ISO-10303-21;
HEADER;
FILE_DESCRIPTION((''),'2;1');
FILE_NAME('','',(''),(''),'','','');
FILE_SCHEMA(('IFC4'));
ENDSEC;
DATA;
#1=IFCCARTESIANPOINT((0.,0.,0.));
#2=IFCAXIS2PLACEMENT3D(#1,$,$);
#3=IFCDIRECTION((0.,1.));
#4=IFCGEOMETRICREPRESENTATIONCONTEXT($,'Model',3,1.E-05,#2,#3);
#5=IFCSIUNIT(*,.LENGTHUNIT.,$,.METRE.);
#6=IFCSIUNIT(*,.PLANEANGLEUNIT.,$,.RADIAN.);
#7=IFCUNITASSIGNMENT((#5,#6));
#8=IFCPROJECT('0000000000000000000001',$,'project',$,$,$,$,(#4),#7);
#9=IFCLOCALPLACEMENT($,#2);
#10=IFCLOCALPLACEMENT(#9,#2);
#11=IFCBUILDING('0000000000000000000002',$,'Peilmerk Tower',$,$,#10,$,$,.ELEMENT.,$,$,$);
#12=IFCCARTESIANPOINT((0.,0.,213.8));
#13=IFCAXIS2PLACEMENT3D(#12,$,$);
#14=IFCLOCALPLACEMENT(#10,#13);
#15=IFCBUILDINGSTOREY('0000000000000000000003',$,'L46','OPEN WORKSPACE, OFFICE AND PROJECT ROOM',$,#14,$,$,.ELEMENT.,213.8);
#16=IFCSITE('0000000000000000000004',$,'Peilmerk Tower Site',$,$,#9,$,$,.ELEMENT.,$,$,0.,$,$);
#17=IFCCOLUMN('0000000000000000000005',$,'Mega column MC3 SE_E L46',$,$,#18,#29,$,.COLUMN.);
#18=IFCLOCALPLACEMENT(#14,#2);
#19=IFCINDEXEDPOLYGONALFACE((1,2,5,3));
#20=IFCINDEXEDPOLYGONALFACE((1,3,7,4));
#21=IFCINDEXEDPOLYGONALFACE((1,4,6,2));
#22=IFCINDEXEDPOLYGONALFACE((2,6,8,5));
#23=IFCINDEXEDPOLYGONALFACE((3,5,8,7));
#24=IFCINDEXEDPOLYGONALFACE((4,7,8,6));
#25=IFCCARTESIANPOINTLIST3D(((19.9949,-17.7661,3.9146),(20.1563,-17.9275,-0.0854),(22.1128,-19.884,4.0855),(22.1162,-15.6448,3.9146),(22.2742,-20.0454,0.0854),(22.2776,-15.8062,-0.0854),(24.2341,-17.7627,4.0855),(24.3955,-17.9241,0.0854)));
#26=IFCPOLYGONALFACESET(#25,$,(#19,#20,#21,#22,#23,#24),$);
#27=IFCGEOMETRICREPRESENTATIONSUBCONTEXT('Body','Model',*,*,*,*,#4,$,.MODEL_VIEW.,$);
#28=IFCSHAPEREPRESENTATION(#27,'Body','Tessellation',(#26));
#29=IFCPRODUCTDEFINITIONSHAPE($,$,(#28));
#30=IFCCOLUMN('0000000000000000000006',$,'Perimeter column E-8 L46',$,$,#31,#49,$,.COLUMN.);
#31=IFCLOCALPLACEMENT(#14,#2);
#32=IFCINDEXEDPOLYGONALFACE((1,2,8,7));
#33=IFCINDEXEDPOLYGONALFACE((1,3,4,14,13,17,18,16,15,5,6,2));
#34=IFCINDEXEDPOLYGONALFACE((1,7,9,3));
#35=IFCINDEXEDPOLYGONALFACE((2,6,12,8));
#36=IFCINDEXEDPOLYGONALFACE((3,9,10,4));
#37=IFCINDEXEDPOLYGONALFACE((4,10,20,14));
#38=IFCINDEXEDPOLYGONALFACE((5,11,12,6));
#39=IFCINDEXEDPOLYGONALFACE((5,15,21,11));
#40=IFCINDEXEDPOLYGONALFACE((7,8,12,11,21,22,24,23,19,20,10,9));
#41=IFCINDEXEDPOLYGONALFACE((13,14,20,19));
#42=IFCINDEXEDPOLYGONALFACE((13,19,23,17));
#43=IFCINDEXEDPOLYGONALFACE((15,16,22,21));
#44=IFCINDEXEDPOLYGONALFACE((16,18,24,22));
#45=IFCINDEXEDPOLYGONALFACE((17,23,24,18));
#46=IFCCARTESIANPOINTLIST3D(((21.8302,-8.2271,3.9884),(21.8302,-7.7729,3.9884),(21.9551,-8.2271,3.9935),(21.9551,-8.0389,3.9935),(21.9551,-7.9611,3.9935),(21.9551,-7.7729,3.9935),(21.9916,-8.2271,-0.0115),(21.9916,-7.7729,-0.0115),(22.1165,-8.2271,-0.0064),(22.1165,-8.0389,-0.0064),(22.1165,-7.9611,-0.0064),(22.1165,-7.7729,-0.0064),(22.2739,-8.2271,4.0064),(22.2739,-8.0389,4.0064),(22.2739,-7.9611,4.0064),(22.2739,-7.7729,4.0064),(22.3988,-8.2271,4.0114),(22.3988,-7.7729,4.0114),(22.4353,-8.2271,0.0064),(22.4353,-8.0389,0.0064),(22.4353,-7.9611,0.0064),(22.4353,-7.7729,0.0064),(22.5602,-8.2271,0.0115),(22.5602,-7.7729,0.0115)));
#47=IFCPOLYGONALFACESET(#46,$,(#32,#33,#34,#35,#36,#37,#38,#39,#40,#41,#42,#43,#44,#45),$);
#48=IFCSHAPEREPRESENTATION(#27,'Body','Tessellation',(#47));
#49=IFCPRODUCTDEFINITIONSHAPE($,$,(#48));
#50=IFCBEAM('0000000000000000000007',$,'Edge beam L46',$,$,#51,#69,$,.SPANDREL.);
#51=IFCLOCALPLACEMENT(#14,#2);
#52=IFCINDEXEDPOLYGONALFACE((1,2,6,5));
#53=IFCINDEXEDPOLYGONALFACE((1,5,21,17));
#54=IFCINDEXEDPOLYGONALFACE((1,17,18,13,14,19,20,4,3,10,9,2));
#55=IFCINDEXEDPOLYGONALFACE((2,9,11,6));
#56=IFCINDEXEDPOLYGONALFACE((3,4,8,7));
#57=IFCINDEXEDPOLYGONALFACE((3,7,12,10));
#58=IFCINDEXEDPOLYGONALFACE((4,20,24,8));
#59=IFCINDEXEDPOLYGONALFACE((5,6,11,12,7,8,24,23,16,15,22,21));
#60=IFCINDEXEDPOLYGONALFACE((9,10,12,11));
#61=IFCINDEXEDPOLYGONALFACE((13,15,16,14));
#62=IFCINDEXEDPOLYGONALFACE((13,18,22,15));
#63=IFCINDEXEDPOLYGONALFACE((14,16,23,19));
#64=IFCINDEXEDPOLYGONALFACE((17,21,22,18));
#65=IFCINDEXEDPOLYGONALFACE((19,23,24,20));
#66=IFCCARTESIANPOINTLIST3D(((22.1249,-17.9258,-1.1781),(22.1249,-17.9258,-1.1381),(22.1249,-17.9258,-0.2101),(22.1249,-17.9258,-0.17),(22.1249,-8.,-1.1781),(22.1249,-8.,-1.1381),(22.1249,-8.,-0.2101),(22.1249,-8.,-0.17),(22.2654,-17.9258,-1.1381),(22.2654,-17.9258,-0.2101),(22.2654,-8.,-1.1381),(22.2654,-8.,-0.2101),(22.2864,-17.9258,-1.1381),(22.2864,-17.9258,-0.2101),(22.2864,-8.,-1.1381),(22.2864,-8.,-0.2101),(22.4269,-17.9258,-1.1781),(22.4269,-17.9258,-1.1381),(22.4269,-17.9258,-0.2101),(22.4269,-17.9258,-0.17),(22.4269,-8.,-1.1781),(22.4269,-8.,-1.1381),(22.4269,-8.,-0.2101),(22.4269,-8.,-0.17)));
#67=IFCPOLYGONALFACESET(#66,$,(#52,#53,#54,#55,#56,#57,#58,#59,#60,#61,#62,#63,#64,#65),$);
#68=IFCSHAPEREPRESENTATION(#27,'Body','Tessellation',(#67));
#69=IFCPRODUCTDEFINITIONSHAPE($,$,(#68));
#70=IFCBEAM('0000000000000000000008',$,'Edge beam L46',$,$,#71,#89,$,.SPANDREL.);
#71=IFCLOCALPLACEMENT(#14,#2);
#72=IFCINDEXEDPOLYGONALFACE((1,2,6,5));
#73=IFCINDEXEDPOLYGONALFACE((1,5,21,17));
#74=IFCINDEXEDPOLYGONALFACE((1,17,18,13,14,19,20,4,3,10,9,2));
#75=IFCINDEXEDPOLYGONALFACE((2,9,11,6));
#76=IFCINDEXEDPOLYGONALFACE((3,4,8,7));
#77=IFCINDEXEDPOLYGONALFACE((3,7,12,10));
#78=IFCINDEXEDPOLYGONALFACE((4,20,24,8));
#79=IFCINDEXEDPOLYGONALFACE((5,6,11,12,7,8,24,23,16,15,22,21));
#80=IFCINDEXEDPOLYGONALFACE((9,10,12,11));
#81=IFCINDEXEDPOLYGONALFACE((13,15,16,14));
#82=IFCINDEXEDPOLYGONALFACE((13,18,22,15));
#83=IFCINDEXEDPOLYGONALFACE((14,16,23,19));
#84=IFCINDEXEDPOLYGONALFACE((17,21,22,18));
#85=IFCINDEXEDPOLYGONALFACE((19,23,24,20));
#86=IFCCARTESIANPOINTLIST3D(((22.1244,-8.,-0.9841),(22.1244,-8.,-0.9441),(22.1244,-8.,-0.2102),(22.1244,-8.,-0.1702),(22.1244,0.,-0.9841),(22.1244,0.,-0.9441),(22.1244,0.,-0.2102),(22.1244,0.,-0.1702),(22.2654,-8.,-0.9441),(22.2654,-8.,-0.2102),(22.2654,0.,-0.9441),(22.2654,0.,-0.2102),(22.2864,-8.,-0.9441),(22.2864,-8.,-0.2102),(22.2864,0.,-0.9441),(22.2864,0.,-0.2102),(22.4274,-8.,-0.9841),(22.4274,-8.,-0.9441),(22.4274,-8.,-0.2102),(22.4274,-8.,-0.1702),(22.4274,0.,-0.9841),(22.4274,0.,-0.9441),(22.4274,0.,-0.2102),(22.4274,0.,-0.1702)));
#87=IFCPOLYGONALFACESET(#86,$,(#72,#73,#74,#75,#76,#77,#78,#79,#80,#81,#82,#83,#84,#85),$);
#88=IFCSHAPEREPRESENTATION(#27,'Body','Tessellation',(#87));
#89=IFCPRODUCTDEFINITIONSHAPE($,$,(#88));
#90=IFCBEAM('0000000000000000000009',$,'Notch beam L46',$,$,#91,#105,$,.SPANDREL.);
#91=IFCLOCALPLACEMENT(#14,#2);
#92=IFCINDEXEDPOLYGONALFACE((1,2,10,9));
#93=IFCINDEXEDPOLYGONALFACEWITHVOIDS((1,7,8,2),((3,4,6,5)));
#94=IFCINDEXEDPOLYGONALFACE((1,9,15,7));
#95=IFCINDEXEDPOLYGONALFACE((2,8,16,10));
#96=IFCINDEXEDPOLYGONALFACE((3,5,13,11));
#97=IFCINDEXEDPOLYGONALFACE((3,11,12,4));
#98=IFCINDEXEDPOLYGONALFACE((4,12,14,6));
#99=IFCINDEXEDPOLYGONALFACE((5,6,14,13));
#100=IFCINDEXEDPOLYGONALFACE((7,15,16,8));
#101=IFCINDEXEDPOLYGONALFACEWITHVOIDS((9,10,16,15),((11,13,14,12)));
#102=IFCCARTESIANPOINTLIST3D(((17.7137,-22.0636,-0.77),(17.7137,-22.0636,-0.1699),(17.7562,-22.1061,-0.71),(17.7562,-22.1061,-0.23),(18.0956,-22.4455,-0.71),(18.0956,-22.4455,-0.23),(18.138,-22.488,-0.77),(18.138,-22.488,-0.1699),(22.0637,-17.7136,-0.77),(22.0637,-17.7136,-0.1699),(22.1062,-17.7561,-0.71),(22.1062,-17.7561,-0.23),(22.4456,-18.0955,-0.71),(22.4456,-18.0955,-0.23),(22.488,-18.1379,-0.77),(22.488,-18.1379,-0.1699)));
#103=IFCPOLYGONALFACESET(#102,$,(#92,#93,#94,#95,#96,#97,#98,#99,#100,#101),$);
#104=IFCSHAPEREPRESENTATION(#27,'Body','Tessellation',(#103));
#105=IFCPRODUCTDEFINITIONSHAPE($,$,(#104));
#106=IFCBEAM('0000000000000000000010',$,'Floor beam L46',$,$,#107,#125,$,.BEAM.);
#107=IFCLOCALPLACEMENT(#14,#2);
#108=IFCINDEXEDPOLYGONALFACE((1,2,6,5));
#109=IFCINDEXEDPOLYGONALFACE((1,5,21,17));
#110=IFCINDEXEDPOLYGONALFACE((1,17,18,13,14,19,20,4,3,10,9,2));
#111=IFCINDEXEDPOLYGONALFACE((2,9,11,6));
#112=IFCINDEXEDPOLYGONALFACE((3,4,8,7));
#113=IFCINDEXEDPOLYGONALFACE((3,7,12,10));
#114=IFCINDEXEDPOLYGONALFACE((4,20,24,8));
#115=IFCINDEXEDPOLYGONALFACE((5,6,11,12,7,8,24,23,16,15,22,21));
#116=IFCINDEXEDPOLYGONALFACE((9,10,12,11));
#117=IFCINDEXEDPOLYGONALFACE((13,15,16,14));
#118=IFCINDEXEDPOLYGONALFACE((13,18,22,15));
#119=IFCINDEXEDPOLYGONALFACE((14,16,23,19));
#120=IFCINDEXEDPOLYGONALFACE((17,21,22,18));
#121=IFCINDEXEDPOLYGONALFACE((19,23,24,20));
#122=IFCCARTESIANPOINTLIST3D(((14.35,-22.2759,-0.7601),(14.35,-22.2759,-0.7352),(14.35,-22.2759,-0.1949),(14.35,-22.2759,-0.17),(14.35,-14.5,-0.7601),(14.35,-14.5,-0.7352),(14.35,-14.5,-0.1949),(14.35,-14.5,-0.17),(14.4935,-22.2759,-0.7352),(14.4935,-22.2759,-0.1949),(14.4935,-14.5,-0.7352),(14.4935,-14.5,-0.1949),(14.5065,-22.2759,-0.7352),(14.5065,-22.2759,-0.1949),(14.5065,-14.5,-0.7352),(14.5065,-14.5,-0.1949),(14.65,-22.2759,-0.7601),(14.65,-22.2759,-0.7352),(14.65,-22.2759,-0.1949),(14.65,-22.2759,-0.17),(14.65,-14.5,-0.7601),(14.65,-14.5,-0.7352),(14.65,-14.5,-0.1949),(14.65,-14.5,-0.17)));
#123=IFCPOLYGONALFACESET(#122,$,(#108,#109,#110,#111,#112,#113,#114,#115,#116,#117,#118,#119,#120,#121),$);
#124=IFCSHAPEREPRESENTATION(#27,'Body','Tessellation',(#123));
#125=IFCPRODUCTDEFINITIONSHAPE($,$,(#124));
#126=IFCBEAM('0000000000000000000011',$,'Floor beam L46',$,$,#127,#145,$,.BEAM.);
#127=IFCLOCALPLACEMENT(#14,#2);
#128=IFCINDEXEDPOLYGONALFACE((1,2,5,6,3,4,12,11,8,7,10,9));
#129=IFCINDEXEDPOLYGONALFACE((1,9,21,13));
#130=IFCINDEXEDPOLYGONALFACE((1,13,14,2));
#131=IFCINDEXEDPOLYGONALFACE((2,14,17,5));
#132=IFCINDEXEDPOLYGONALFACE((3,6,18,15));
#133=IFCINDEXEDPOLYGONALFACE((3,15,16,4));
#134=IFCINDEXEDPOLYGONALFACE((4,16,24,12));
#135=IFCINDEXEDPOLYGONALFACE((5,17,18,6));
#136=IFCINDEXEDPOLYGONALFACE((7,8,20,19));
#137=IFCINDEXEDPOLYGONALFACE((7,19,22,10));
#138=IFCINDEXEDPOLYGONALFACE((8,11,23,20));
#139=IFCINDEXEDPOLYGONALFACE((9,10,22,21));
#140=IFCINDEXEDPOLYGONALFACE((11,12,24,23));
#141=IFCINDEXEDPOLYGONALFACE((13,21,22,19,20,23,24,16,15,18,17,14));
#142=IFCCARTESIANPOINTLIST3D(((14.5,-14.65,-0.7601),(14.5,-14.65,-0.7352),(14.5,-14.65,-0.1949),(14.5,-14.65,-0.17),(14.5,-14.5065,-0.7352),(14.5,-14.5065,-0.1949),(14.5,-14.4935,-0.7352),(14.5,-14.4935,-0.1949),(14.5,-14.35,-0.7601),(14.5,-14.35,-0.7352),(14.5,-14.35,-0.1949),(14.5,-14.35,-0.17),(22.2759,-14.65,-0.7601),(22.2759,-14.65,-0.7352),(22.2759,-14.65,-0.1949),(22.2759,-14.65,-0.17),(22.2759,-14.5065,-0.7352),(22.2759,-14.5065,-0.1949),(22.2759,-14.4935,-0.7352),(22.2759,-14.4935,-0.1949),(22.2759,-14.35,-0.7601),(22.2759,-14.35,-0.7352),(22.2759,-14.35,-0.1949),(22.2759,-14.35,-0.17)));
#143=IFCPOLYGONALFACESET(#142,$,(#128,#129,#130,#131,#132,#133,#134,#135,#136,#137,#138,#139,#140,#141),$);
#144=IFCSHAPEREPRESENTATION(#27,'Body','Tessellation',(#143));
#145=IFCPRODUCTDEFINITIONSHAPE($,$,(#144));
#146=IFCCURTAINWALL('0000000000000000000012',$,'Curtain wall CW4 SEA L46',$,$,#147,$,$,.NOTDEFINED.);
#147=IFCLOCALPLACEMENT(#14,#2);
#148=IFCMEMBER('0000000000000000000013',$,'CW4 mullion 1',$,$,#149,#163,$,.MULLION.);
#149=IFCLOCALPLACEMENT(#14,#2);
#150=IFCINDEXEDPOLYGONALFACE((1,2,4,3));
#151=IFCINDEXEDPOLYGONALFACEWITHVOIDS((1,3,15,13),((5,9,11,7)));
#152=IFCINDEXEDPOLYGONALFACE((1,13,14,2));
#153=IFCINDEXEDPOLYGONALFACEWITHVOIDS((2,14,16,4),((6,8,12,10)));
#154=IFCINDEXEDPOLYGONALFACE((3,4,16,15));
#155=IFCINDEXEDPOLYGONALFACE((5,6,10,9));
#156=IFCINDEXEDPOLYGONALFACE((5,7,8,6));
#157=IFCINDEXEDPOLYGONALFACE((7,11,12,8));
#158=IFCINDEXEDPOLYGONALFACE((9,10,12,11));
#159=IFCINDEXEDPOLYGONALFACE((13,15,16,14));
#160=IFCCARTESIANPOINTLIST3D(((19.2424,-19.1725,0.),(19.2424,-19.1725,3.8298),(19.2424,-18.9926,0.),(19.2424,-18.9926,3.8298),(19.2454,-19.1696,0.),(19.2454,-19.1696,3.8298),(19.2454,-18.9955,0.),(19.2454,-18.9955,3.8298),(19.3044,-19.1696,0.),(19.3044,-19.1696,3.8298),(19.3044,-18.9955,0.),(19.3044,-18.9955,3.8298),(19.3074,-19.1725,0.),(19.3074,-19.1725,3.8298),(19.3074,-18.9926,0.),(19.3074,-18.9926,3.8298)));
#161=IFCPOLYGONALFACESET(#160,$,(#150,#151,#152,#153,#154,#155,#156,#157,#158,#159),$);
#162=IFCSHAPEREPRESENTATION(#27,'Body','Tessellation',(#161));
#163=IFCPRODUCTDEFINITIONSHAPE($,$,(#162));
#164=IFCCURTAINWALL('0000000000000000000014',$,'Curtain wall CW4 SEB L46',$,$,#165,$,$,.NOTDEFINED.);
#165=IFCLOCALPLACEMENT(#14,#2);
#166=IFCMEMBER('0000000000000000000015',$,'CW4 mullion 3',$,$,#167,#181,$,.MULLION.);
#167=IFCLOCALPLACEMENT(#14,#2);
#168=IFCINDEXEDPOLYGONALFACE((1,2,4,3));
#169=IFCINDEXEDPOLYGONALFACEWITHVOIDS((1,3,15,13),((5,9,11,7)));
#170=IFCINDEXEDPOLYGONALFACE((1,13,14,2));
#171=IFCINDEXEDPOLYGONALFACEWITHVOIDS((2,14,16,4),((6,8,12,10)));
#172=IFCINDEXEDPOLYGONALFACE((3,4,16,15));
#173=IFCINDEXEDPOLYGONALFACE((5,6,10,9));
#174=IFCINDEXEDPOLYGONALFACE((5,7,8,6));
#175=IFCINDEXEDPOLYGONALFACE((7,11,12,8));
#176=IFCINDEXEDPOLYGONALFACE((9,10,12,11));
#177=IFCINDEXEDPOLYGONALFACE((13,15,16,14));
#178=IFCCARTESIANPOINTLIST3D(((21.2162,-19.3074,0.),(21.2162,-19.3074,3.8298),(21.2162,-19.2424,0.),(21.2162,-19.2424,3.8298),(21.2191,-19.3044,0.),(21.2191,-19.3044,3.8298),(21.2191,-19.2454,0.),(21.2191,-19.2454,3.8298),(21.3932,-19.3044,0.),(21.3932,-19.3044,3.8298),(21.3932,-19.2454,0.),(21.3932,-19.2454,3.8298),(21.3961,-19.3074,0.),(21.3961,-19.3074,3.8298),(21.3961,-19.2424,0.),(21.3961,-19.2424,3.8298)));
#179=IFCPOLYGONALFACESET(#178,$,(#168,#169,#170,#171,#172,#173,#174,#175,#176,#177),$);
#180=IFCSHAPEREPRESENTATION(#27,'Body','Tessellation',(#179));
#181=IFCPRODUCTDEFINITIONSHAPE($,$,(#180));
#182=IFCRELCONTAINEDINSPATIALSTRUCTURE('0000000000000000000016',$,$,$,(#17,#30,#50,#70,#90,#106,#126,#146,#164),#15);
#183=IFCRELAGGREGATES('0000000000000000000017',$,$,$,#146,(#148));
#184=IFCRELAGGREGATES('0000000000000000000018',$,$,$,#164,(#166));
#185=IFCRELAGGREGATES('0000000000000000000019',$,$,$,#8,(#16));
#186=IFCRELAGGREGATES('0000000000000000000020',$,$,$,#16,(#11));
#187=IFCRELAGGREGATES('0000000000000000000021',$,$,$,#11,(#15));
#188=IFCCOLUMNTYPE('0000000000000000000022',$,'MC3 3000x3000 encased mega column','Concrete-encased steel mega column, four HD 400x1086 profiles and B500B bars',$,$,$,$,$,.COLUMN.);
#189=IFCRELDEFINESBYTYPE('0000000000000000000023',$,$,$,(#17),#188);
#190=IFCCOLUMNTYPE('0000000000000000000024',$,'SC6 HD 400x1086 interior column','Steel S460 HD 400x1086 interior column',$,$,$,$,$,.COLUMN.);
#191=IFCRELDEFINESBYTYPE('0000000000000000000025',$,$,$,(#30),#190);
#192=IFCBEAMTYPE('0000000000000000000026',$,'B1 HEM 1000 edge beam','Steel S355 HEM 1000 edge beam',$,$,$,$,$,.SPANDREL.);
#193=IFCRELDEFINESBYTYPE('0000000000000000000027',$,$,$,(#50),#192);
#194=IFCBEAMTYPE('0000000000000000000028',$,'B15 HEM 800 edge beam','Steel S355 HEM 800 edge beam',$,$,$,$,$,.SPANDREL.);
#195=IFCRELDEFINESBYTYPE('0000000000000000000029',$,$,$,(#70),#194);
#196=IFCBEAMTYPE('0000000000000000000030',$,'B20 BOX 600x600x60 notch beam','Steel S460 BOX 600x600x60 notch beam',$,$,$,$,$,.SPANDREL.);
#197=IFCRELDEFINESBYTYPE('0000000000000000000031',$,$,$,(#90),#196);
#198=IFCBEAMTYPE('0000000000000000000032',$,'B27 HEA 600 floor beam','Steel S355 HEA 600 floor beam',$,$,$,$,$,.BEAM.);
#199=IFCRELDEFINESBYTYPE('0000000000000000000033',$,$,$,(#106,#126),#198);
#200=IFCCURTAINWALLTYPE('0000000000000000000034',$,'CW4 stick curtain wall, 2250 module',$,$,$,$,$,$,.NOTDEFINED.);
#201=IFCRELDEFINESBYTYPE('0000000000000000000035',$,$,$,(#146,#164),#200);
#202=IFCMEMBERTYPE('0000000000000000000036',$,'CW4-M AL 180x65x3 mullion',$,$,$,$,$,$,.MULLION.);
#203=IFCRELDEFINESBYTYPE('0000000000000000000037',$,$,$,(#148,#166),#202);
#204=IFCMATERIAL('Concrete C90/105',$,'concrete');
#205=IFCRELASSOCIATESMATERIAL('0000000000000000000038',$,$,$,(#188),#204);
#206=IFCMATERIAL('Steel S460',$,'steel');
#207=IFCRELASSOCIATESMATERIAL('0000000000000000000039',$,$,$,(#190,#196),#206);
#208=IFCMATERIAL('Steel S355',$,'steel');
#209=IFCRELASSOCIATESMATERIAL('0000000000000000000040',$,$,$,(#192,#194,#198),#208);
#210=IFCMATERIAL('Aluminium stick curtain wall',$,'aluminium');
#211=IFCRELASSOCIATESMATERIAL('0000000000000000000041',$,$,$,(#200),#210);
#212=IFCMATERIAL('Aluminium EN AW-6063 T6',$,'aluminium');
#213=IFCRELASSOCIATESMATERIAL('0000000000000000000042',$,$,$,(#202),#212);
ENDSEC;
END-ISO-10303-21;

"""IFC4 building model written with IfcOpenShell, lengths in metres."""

from ifc_helpers import new_model, si_unit, direction, frame, origin, origin_2d, place, context, subcontext, project, spatial, rectangle, hollow_rectangle, i_section, extrude, material, material_profile, profile_set, type_object, element, aggregate, save


model = new_model("IFC4")

# Units and contexts
model_context = context("Model", 3, precision=1e-05, world=origin(), true_north=direction((0.0, 1.0)))
body_context = subcontext(model_context, "Body", "Model", "MODEL_VIEW")
ifc_project = project(units=[si_unit("LENGTHUNIT", "METRE"), si_unit("PLANEANGLEUNIT", "RADIAN")], contexts=[model_context])

# Site, building, storey
site_placement = place(None, origin())
site = spatial("IfcSite", under=ifc_project, at=site_placement, Name="Peilmerk Tower Site", CompositionType="ELEMENT", RefElevation=0.0)
building_placement = place(site_placement, origin())
building = spatial("IfcBuilding", under=site, at=building_placement, Name="Peilmerk Tower", CompositionType="ELEMENT")
storey_placement = place(building_placement, frame((0.0, 0.0, 213.8)))
storey = spatial("IfcBuildingStorey", under=building, at=storey_placement, Name="L46", Description="OPEN WORKSPACE, OFFICE AND PROJECT ROOM", CompositionType="ELEMENT", Elevation=213.8)

# Columns
ifc_material_1 = material(Name="Concrete C90/105", Category="concrete")
ifc_material_profile_1 = material_profile(ifc_material_1, rectangle(XDim=3.0, YDim=3.0, at=origin_2d()), Name="RC 3000x3000")
ifc_profile_set_1 = profile_set([ifc_material_profile_1], Name="Concrete C90/105")
column_type_1 = type_object("IfcColumnType", Name="MC3 3000x3000 encased mega column", Description="Concrete-encased steel mega column, four HD 400x1086 profiles and B500B bars", PredefinedType="COLUMN", material=ifc_profile_set_1)
column_1_placement = place(storey_placement, frame((22.2759, -17.9258, 0.0), z_axis=(-0.040279, 0.040279, 0.998376), x_axis=(-0.707107, -0.707107, 0.0)))
element("IfcColumn", 1, at=column_1_placement, inside=storey, type_object=column_type_1, Name="Mega column MC3 SE_E L46", PredefinedType="COLUMN", context=body_context, shape_type="SweptSolid", body=[
    extrude(rectangle(XDim=3.0, YDim=3.0, at=origin_2d()), origin(), (0.0, 0.0, 1.0), 4.0066),
])
ifc_material_2 = material(Name="Steel S460", Category="steel")
ifc_material_profile_2 = material_profile(ifc_material_2, i_section(OverallWidth=0.4541, OverallDepth=0.5691, WebThickness=0.0779, FlangeThickness=0.125, at=origin_2d()), Name="HD 400x1086")
ifc_profile_set_2 = profile_set([ifc_material_profile_2], Name="Steel S460")
column_type_2 = type_object("IfcColumnType", Name="SC6 HD 400x1086 interior column", Description="Steel S460 HD 400x1086 interior column", PredefinedType="COLUMN", material=ifc_profile_set_2)
column_2_placement = place(storey_placement, frame((22.2759, -8.0, 0.0), z_axis=(-0.040311, 0.0, 0.999187), x_axis=(0.0, -1.0, 0.0)))
element("IfcColumn", 2, at=column_2_placement, inside=storey, type_object=column_type_2, Name="Perimeter column E-8 L46", PredefinedType="COLUMN", context=body_context, shape_type="SweptSolid", body=[
    extrude(i_section(OverallWidth=0.4541, OverallDepth=0.5691, WebThickness=0.0779, FlangeThickness=0.125, at=origin_2d()), origin(), (0.0, 0.0, 1.0), 4.0032),
])

# Beams
ifc_material_3 = material(Name="Steel S355", Category="steel")
ifc_material_profile_3 = material_profile(ifc_material_3, i_section(OverallWidth=0.302, OverallDepth=1.0081, WebThickness=0.021, FlangeThickness=0.04, at=origin_2d()), Name="HEM 1000")
ifc_profile_set_3 = profile_set([ifc_material_profile_3], Name="Steel S355")
beam_type_1 = type_object("IfcBeamType", Name="B1 HEM 1000 edge beam", Description="Steel S355 HEM 1000 edge beam", PredefinedType="SPANDREL", material=ifc_profile_set_3)
beam_1_placement = place(storey_placement, frame((22.2759, -17.9258, -0.6741), z_axis=(0.0, 1.0, 0.0), x_axis=(-1.0, 0.0, 0.0)))
element("IfcBeam", 3, at=beam_1_placement, inside=storey, type_object=beam_type_1, Name="Edge beam L46", PredefinedType="SPANDREL", context=body_context, shape_type="SweptSolid", body=[
    extrude(i_section(OverallWidth=0.302, OverallDepth=1.0081, WebThickness=0.021, FlangeThickness=0.04, at=origin_2d()), origin(), (0.0, 0.0, 1.0), 9.9258),
])
ifc_material_profile_4 = material_profile(ifc_material_3, i_section(OverallWidth=0.303, OverallDepth=0.814, WebThickness=0.021, FlangeThickness=0.04, at=origin_2d()), Name="HEM 800")
ifc_profile_set_4 = profile_set([ifc_material_profile_4], Name="Steel S355")
beam_type_2 = type_object("IfcBeamType", Name="B15 HEM 800 edge beam", Description="Steel S355 HEM 800 edge beam", PredefinedType="SPANDREL", material=ifc_profile_set_4)
beam_2_placement = place(storey_placement, frame((22.2759, -8.0, -0.5771), z_axis=(0.0, 1.0, 0.0), x_axis=(-1.0, 0.0, 0.0)))
element("IfcBeam", 4, at=beam_2_placement, inside=storey, type_object=beam_type_2, Name="Edge beam L46", PredefinedType="SPANDREL", context=body_context, shape_type="SweptSolid", body=[
    extrude(i_section(OverallWidth=0.303, OverallDepth=0.814, WebThickness=0.021, FlangeThickness=0.04, at=origin_2d()), origin(), (0.0, 0.0, 1.0), 8.0),
])
ifc_material_profile_5 = material_profile(ifc_material_2, hollow_rectangle(XDim=0.6001, YDim=0.6001, WallThickness=0.0601, at=origin_2d()), Name="BOX 600x600x60")
ifc_profile_set_5 = profile_set([ifc_material_profile_5], Name="Steel S460")
beam_type_3 = type_object("IfcBeamType", Name="B20 BOX 600x600x60 notch beam", Description="Steel S460 BOX 600x600x60 notch beam", PredefinedType="SPANDREL", material=ifc_profile_set_5)
beam_3_placement = place(storey_placement, frame((22.2759, -17.9258, -0.47), z_axis=(-0.707107, -0.707107, 0.0), x_axis=(0.707107, -0.707107, 0.0)))
element("IfcBeam", 5, at=beam_3_placement, inside=storey, type_object=beam_type_3, Name="Notch beam L46", PredefinedType="SPANDREL", context=body_context, shape_type="SweptSolid", body=[
    extrude(hollow_rectangle(XDim=0.6001, YDim=0.6001, WallThickness=0.0601, at=origin_2d()), origin(), (0.0, 0.0, 1.0), 6.1519),
])
ifc_material_profile_6 = material_profile(ifc_material_3, i_section(OverallWidth=0.3, OverallDepth=0.5901, WebThickness=0.0129, FlangeThickness=0.0249, at=origin_2d()), Name="HEA 600")
ifc_profile_set_6 = profile_set([ifc_material_profile_6], Name="Steel S355")
beam_type_4 = type_object("IfcBeamType", Name="B27 HEA 600 floor beam", Description="Steel S355 HEA 600 floor beam", PredefinedType="BEAM", material=ifc_profile_set_6)
for number, where, z_axis, x_axis, name in (
    (6, (14.5, -14.5, -0.4651), (0.0, -1.0, 0.0), (1.0, 0.0, 0.0), "Floor beam L46"),
    (7, (14.5, -14.5, -0.4651), (1.0, 0.0, 0.0), (0.0, 1.0, 0.0), "Floor beam L46"),
):
    element("IfcBeam", number, at=place(storey_placement, frame(where, z_axis=z_axis, x_axis=x_axis)), inside=storey, type_object=beam_type_4, Name=name, PredefinedType="BEAM", context=body_context, shape_type="SweptSolid", body=[
        extrude(i_section(OverallWidth=0.3, OverallDepth=0.5901, WebThickness=0.0129, FlangeThickness=0.0249, at=origin_2d()), origin(), (0.0, 0.0, 1.0), 7.7759),
    ])

# Curtain walls, members
ifc_material_4 = material(Name="Aluminium stick curtain wall", Category="aluminium")
curtain_wall_type = type_object("IfcCurtainWallType", Name="CW4 stick curtain wall, 2250 module", PredefinedType="NOTDEFINED", material=ifc_material_4)
curtain_wall_1_placement = place(storey_placement, origin())
curtain_wall_1 = element("IfcCurtainWall", 8, at=curtain_wall_1_placement, inside=storey, type_object=curtain_wall_type, Name="Curtain wall CW4 SEA L46", PredefinedType="NOTDEFINED")
ifc_material_5 = material(Name="Aluminium EN AW-6063 T6", Category="aluminium")
ifc_material_profile_7 = material_profile(ifc_material_5, hollow_rectangle(XDim=0.0649, YDim=0.1799, WallThickness=0.0029, at=origin_2d()), Name="AL 180x65x3")
ifc_profile_set_7 = profile_set([ifc_material_profile_7], Name="Aluminium EN AW-6063 T6")
member_type_1 = type_object("IfcMemberType", Name="CW4-M AL 180x65x3 mullion", PredefinedType="MULLION", material=ifc_profile_set_7)
member_1_placement = place(storey_placement, frame((19.2749, -19.0825, 0.0), z_axis=(0.0, 0.0, 1.0), x_axis=(1.0, 0.0, 0.0)))
member_1 = element("IfcMember", 9, at=member_1_placement, type_object=member_type_1, Name="CW4 mullion 1", PredefinedType="MULLION", context=body_context, shape_type="SweptSolid", body=[
    extrude(hollow_rectangle(XDim=0.0649, YDim=0.1799, WallThickness=0.0029, at=origin_2d()), origin(), (0.0, 0.0, 1.0), 3.8298),
])
curtain_wall_2_placement = place(storey_placement, origin())
curtain_wall_2 = element("IfcCurtainWall", 10, at=curtain_wall_2_placement, inside=storey, type_object=curtain_wall_type, Name="Curtain wall CW4 SEB L46", PredefinedType="NOTDEFINED")
member_2_placement = place(storey_placement, frame((21.3062, -19.2749, 0.0), z_axis=(0.0, 0.0, 1.0), x_axis=(0.0, 1.0, 0.0)))
member_2 = element("IfcMember", 11, at=member_2_placement, type_object=member_type_1, Name="CW4 mullion 3", PredefinedType="MULLION", context=body_context, shape_type="SweptSolid", body=[
    extrude(hollow_rectangle(XDim=0.0649, YDim=0.1799, WallThickness=0.0029, at=origin_2d()), origin(), (0.0, 0.0, 1.0), 3.8298),
])

aggregate(curtain_wall_1, [member_1])

aggregate(curtain_wall_2, [member_2])

save(model, "model.ifc")
